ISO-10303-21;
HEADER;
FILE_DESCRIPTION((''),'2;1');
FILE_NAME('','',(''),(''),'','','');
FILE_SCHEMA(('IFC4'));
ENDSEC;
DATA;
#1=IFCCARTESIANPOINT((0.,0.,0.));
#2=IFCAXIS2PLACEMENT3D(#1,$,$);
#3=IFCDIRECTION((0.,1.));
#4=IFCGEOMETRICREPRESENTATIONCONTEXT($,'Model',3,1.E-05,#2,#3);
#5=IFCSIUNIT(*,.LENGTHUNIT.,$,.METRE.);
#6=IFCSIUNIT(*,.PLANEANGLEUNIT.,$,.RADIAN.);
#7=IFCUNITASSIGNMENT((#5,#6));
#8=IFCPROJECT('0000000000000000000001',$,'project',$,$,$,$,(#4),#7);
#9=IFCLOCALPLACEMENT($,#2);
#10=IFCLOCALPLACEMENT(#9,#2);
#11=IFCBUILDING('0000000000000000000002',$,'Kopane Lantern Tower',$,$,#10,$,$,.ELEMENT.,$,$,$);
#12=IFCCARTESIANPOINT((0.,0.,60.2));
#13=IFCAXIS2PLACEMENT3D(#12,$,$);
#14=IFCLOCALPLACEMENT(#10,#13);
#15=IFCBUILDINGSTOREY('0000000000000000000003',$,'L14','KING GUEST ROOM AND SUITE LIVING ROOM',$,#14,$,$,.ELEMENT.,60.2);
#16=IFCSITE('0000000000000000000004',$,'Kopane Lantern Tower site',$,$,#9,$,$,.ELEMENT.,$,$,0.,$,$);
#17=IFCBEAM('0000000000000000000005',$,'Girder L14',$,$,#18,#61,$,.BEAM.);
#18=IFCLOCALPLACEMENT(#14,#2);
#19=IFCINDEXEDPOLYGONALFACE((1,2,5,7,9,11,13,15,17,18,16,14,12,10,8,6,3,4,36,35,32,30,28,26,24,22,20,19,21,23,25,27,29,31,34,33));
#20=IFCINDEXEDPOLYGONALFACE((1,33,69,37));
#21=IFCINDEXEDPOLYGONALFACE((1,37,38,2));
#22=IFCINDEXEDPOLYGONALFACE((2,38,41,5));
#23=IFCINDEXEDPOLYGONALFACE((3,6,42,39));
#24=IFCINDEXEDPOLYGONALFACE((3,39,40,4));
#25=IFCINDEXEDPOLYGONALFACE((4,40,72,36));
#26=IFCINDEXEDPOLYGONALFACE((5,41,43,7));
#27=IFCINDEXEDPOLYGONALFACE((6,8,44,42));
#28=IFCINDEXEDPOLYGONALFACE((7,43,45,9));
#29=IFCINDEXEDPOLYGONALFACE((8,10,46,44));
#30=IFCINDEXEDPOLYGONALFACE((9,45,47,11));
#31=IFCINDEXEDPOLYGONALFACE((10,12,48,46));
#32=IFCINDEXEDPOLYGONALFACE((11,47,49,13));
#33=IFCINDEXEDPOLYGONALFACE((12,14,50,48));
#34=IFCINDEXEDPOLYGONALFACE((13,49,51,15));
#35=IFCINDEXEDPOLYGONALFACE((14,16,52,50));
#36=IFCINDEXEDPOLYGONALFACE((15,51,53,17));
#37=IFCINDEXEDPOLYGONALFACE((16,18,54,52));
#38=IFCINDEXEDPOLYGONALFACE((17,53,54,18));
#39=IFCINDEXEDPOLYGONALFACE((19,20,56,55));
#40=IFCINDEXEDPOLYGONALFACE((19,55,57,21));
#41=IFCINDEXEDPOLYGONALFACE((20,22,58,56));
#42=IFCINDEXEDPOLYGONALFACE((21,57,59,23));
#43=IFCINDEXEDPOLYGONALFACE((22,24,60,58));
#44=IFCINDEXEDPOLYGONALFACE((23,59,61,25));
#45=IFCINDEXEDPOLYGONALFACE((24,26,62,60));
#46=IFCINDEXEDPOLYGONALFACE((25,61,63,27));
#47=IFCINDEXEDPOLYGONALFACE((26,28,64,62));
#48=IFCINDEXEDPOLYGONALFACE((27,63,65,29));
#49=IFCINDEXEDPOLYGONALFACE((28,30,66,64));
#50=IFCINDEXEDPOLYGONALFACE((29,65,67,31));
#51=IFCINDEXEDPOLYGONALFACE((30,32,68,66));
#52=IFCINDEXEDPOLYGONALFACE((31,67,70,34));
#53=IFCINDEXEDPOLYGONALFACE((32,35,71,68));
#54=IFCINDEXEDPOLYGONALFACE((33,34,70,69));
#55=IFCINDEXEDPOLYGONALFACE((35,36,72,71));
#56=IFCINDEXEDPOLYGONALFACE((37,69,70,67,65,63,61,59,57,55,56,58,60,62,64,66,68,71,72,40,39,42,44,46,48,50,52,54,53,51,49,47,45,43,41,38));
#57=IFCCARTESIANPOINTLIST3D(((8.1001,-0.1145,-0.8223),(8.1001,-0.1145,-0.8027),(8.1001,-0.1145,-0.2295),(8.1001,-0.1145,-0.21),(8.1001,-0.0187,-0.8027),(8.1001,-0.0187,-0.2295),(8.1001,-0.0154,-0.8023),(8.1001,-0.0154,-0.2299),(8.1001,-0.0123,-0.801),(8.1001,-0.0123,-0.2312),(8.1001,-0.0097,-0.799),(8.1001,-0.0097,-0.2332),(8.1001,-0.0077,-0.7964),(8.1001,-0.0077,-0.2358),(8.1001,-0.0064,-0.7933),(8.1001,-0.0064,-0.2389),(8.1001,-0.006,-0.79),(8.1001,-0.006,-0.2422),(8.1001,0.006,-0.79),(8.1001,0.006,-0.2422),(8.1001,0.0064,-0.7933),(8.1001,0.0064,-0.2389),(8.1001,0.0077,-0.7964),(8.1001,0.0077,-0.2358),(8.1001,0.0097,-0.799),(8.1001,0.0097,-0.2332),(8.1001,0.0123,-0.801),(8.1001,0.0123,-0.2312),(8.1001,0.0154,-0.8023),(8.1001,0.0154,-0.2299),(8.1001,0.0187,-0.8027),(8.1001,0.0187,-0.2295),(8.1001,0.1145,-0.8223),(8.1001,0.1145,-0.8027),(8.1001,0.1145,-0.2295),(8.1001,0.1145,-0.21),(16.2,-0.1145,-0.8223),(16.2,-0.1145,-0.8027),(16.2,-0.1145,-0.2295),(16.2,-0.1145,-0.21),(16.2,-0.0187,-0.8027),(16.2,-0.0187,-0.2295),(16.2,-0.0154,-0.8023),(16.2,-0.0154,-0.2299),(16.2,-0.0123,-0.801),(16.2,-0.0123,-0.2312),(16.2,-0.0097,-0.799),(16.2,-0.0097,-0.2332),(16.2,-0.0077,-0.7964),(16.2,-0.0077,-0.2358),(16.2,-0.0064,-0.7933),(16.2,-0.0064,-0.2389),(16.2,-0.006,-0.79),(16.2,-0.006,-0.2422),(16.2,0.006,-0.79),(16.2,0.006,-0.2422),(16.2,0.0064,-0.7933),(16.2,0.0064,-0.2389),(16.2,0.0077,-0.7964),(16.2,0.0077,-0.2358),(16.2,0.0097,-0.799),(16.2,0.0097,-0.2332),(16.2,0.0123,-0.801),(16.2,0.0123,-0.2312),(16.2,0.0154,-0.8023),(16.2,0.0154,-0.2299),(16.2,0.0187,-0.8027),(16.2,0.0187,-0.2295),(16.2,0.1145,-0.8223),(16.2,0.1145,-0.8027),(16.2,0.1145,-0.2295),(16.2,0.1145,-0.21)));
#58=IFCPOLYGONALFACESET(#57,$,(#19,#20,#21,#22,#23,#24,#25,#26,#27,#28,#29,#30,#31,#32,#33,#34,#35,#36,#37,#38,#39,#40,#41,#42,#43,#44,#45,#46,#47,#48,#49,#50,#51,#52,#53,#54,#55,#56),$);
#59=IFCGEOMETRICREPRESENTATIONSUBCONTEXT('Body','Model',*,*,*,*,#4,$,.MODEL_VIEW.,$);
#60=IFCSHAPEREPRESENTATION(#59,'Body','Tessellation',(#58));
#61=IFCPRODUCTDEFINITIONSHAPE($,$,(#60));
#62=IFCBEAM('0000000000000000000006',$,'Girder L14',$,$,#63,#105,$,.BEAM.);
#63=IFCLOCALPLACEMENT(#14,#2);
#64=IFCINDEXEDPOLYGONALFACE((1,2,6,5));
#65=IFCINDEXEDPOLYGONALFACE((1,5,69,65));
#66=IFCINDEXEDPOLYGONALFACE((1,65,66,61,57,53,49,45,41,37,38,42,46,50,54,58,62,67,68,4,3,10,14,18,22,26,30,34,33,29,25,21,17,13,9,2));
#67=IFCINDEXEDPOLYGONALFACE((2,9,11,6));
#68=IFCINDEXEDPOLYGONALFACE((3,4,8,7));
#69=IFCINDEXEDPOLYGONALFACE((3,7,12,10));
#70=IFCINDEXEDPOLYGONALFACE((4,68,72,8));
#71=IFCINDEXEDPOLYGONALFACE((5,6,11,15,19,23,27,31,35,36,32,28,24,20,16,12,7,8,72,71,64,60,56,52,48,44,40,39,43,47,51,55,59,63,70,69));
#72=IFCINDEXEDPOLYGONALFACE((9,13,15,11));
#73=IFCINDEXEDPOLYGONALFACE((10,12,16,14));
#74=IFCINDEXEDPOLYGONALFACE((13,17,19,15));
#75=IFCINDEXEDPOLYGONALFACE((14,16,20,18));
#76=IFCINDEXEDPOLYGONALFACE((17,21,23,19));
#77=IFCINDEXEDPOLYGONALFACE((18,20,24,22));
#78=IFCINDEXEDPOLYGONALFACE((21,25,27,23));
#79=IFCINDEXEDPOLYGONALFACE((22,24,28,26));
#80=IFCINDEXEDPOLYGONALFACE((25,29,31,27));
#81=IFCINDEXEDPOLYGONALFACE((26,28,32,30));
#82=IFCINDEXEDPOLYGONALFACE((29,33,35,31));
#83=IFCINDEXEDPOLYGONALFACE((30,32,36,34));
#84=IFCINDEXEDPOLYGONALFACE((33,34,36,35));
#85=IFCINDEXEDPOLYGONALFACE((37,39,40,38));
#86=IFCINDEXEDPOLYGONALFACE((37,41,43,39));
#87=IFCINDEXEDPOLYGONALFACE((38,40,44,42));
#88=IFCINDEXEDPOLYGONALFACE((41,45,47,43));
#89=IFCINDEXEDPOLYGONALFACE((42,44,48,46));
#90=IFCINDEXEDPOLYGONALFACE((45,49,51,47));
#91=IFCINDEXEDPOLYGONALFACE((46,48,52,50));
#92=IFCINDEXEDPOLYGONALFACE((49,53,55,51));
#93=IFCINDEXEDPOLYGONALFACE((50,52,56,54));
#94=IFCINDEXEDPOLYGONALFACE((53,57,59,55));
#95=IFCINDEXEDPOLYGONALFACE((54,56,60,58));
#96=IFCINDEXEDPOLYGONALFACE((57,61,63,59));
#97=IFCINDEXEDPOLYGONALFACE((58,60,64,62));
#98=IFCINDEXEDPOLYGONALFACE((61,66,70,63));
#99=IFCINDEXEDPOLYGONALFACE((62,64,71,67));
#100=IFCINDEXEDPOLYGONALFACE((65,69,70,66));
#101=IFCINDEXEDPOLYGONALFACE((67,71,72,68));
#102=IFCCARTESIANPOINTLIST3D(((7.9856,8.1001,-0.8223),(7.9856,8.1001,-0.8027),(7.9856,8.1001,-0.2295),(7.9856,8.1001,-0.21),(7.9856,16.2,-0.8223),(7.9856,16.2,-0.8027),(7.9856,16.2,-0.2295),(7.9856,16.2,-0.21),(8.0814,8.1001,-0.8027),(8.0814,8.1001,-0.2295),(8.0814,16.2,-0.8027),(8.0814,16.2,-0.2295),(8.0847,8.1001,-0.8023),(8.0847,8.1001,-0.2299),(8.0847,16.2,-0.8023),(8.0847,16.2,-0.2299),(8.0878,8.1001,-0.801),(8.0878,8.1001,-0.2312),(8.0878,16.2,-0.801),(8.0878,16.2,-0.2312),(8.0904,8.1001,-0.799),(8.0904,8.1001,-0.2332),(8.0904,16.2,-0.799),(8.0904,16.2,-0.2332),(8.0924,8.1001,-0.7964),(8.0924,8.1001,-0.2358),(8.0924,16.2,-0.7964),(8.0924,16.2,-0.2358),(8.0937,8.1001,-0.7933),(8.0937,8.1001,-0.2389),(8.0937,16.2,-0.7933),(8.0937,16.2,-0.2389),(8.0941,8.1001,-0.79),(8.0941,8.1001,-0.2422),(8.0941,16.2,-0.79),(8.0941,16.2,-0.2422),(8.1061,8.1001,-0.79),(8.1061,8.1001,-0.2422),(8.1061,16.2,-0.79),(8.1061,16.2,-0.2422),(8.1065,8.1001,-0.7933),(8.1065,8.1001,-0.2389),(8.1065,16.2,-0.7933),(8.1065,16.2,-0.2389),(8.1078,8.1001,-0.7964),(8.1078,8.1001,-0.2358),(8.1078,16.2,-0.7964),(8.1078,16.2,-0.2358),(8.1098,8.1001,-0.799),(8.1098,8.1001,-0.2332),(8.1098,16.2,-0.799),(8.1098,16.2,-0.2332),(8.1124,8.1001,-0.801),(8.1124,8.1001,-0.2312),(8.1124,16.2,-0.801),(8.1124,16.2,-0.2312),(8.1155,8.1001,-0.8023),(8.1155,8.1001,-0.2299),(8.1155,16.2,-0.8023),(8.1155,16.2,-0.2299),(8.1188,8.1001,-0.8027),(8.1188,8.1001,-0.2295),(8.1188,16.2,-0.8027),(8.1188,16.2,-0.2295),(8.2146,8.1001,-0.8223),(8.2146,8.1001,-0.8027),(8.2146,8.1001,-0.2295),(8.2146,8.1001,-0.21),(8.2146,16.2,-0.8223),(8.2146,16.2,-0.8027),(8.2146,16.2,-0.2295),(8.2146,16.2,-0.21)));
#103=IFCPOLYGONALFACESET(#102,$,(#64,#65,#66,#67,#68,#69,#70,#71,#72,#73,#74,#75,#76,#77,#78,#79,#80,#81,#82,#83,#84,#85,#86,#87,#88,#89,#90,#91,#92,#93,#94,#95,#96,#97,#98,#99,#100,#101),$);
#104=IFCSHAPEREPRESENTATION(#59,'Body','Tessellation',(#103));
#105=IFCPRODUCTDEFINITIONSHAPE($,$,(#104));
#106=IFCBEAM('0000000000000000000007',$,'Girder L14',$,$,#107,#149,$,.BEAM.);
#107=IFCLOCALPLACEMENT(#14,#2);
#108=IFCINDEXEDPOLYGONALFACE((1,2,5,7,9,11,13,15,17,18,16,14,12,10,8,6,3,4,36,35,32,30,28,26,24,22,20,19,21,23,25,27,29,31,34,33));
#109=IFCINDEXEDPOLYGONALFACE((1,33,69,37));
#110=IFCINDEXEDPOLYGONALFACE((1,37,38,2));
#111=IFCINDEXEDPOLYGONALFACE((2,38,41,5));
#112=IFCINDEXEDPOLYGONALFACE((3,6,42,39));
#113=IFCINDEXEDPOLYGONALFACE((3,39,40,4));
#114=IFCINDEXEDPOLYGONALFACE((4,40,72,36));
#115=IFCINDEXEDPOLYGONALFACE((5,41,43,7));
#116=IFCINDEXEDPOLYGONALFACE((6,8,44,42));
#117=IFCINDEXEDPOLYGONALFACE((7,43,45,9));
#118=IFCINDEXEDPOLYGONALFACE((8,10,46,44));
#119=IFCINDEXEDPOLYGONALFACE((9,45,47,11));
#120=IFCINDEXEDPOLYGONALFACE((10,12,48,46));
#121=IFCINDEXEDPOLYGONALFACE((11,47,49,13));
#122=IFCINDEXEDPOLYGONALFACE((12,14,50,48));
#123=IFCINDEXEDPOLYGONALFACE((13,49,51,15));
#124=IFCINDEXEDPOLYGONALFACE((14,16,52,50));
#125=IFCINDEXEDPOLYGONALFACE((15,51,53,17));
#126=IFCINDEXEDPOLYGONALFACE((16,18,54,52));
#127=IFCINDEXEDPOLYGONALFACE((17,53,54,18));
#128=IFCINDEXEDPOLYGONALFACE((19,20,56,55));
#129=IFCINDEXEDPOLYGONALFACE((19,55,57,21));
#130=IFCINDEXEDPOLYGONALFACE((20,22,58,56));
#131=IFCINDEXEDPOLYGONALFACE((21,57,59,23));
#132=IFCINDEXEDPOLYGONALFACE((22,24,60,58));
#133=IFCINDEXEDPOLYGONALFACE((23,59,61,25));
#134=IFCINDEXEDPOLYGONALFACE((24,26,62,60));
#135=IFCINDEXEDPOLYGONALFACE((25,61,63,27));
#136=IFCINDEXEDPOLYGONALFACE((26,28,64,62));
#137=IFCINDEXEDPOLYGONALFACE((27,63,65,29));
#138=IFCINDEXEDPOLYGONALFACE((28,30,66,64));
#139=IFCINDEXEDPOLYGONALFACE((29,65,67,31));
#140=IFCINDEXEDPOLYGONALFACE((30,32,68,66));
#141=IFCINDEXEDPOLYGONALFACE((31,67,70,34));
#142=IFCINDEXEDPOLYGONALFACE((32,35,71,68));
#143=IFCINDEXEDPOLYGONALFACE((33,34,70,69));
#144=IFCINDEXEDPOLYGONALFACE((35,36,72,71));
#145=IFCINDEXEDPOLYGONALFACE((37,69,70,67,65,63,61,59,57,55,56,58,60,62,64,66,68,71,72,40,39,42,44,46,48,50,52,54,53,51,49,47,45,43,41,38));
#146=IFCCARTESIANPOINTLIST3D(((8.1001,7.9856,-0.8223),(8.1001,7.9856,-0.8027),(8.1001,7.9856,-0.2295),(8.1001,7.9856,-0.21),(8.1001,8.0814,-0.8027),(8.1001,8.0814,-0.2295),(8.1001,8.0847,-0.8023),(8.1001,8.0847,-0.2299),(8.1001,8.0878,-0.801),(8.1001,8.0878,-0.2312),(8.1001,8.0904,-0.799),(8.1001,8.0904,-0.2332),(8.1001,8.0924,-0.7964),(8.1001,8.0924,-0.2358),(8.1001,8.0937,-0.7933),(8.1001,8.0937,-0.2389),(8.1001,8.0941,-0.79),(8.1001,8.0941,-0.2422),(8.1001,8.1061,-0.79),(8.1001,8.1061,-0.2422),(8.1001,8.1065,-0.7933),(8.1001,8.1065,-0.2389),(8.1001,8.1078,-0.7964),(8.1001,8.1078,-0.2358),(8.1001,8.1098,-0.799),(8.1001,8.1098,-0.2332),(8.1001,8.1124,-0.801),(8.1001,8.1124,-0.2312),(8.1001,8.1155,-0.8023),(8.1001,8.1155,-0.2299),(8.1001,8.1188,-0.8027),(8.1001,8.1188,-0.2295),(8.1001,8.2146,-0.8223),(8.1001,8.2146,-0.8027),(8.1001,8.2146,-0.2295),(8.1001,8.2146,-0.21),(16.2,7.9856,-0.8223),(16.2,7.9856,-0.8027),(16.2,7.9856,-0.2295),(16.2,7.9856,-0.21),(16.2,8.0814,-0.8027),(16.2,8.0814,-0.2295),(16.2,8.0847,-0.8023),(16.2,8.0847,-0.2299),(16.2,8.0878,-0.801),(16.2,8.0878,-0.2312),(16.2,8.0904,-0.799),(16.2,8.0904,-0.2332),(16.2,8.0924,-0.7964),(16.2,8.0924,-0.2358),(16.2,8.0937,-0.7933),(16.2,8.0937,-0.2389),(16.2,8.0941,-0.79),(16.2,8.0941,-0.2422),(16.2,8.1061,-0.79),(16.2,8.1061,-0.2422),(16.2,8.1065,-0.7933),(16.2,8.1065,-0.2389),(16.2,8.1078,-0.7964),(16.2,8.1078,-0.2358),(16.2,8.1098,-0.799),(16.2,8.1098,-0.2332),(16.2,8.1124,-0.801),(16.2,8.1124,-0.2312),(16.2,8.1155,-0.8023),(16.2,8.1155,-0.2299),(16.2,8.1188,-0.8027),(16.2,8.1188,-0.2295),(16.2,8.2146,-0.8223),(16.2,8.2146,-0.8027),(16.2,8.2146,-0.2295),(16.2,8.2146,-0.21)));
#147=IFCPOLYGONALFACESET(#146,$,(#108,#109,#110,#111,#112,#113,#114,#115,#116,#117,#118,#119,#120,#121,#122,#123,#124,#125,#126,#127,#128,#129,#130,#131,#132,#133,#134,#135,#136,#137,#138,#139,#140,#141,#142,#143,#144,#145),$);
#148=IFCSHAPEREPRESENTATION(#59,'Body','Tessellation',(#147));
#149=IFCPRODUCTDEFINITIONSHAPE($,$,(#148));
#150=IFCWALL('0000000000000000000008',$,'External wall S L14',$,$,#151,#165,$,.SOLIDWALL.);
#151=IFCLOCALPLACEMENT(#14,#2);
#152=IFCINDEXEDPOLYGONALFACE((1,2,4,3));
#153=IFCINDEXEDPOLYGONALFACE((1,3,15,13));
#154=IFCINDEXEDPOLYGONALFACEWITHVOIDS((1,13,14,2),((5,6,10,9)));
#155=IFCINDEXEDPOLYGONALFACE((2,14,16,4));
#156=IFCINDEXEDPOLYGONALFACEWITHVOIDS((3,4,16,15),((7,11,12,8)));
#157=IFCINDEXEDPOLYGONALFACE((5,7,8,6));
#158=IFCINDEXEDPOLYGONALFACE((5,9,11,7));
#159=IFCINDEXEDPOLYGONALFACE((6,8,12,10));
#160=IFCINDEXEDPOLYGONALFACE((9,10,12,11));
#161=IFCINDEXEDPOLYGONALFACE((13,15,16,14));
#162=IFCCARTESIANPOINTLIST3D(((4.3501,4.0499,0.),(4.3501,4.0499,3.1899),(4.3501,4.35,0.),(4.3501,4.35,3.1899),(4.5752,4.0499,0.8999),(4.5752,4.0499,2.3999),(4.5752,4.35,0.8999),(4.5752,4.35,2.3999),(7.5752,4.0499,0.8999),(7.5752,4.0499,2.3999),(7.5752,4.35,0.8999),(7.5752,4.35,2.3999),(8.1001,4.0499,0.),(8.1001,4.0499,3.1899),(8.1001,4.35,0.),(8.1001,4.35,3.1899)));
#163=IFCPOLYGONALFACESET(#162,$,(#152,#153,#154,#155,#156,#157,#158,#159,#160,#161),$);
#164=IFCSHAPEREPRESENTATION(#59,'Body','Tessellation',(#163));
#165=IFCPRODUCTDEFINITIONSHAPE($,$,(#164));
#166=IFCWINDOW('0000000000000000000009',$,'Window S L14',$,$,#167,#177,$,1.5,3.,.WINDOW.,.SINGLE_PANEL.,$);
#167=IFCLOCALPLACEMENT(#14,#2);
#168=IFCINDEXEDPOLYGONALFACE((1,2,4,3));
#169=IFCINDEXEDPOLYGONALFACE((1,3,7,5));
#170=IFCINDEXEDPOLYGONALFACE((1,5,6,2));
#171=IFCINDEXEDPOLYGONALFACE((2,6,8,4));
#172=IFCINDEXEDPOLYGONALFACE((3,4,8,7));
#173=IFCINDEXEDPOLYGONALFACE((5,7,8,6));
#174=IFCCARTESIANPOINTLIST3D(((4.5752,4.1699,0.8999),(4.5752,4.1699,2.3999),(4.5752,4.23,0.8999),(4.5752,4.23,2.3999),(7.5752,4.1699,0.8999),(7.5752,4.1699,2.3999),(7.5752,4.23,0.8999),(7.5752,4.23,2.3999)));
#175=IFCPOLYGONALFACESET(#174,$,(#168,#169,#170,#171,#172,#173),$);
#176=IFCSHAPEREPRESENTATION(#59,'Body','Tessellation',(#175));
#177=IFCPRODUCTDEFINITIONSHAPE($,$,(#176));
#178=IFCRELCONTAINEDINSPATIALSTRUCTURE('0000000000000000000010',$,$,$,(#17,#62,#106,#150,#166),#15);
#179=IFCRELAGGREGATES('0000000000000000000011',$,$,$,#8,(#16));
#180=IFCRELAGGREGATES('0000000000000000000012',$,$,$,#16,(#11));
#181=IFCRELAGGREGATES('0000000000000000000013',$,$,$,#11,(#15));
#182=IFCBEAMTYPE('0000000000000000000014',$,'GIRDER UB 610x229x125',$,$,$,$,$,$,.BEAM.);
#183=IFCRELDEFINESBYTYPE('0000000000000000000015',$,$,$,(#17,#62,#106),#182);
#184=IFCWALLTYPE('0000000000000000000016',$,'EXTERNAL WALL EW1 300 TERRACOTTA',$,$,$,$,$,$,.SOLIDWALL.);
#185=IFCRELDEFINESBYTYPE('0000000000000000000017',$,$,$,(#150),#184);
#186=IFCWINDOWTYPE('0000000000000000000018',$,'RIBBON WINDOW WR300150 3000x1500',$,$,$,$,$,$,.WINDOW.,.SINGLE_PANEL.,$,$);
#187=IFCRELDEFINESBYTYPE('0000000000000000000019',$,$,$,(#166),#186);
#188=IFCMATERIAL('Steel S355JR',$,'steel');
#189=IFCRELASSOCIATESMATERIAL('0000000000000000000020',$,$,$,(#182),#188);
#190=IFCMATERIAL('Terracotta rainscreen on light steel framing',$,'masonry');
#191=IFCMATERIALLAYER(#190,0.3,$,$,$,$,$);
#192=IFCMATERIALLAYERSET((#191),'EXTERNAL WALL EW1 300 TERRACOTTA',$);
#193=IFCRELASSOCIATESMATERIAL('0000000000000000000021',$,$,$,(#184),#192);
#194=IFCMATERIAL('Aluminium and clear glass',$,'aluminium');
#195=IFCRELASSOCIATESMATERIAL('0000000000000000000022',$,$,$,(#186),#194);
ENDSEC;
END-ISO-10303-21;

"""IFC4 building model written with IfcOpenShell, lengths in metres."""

from ifc_helpers import new_model, si_unit, direction, frame, frame_2d, origin, origin_2d, place, context, subcontext, project, spatial, rectangle, i_section, extrude, material, layer, layer_set, material_profile, profile_set, type_object, element, fill, save


model = new_model("IFC4")

# Units and contexts
model_context = context("Model", 3, precision=1e-05, world=origin(), true_north=direction((0.0, 1.0)))
body_context = subcontext(model_context, "Body", "Model", "MODEL_VIEW")
ifc_project = project(units=[si_unit("LENGTHUNIT", "METRE"), si_unit("PLANEANGLEUNIT", "RADIAN")], contexts=[model_context])

# Site, building, storey
site_placement = place(None, origin())
site = spatial("IfcSite", under=ifc_project, at=site_placement, Name="Kopane Lantern Tower site", CompositionType="ELEMENT", RefElevation=0.0)
building_placement = place(site_placement, origin())
building = spatial("IfcBuilding", under=site, at=building_placement, Name="Kopane Lantern Tower", CompositionType="ELEMENT")
storey_placement = place(building_placement, frame((0.0, 0.0, 60.2)))
storey = spatial("IfcBuildingStorey", under=building, at=storey_placement, Name="L14", Description="KING GUEST ROOM AND SUITE LIVING ROOM", CompositionType="ELEMENT", Elevation=60.2)

# Beams
ifc_material_1 = material(Name="Steel S355JR", Category="steel")
ifc_material_profile_1 = material_profile(ifc_material_1, i_section(OverallWidth=0.229, OverallDepth=0.6123, WebThickness=0.012, FlangeThickness=0.0195, FilletRadius=0.0127, at=origin_2d()), Name="UB 610x229x125")
ifc_profile_set_1 = profile_set([ifc_material_profile_1], Name="Steel S355JR")
beam_type_1 = type_object("IfcBeamType", Name="GIRDER UB 610x229x125", PredefinedType="BEAM", material=ifc_profile_set_1)
for number, where, z_axis, x_axis, name in (
    (1, (8.1001, 0.0, -0.5161), (1.0, 0.0, 0.0), (0.0, 1.0, 0.0), "Girder L14"),
    (2, (8.1001, 8.1001, -0.5161), (0.0, 1.0, 0.0), (-1.0, 0.0, 0.0), "Girder L14"),
    (3, (8.1001, 8.1001, -0.5161), (1.0, 0.0, 0.0), (0.0, 1.0, 0.0), "Girder L14"),
):
    element("IfcBeam", number, at=place(storey_placement, frame(where, z_axis=z_axis, x_axis=x_axis)), inside=storey, type_object=beam_type_1, Name=name, PredefinedType="BEAM", context=body_context, shape_type="SweptSolid", body=[
        extrude(i_section(OverallWidth=0.229, OverallDepth=0.6123, WebThickness=0.012, FlangeThickness=0.0195, FilletRadius=0.0127, at=origin_2d()), origin(), (0.0, 0.0, 1.0), 8.0999),
    ])

# Shared definitions
ifc_material_2 = material(Name="Terracotta rainscreen on light steel framing", Category="masonry")
ifc_layer = layer(ifc_material_2, 0.3)
ifc_layer_set = layer_set([ifc_layer], Name="EXTERNAL WALL EW1 300 TERRACOTTA")
wall_type = type_object("IfcWallType", Name="EXTERNAL WALL EW1 300 TERRACOTTA", PredefinedType="SOLIDWALL", material=ifc_layer_set)

# Wall, opening, window
wall_1_placement = place(storey_placement, frame((4.3501, 4.2, 0.0), z_axis=(0.0, 0.0, 1.0), x_axis=(1.0, 0.0, 0.0)))
wall_1 = element("IfcWall", 4, at=wall_1_placement, inside=storey, type_object=wall_type, Name="External wall S L14", PredefinedType="SOLIDWALL", context=body_context, shape_type="SweptSolid", body=[
    extrude(rectangle(XDim=3.75, YDim=0.3, at=frame_2d((1.875, 0.0))), origin(), (0.0, 0.0, 1.0), 3.1899),
])
opening_1_placement = place(wall_1_placement, frame((0.2251, 0.0, 0.8999)))
opening_1 = element("IfcOpeningElement", 5, at=opening_1_placement, cuts=wall_1, PredefinedType="OPENING", context=body_context, shape_type="SweptSolid", body=[
    extrude(rectangle(XDim=3.0, YDim=1.5, at=frame_2d((1.5, 0.75))), frame((0.0, 0.1599, 0.0), z_axis=(0.0, -1.0, 0.0), x_axis=(1.0, 0.0, 0.0)), (0.0, 0.0, 1.0), 0.3201),
])
ifc_material_3 = material(Name="Aluminium and clear glass", Category="aluminium")
window_type_1 = type_object("IfcWindowType", Name="RIBBON WINDOW WR300150 3000x1500", PartitioningType="SINGLE_PANEL", PredefinedType="WINDOW", material=ifc_material_3)
window_1_placement = place(opening_1_placement, origin())
window_1 = element("IfcWindow", 6, at=window_1_placement, inside=storey, type_object=window_type_1, Name="Window S L14", OverallHeight=1.5, OverallWidth=3.0, PartitioningType="SINGLE_PANEL", PredefinedType="WINDOW", context=body_context, shape_type="SweptSolid", body=[
    extrude(rectangle(XDim=3.0, YDim=1.5, at=frame_2d((1.5, 0.75))), frame((0.0, 0.03, 0.0), z_axis=(0.0, -1.0, 0.0), x_axis=(1.0, 0.0, 0.0)), (0.0, 0.0, 1.0), 0.0601),
])
fill(opening_1, window_1)

save(model, "model.ifc")
